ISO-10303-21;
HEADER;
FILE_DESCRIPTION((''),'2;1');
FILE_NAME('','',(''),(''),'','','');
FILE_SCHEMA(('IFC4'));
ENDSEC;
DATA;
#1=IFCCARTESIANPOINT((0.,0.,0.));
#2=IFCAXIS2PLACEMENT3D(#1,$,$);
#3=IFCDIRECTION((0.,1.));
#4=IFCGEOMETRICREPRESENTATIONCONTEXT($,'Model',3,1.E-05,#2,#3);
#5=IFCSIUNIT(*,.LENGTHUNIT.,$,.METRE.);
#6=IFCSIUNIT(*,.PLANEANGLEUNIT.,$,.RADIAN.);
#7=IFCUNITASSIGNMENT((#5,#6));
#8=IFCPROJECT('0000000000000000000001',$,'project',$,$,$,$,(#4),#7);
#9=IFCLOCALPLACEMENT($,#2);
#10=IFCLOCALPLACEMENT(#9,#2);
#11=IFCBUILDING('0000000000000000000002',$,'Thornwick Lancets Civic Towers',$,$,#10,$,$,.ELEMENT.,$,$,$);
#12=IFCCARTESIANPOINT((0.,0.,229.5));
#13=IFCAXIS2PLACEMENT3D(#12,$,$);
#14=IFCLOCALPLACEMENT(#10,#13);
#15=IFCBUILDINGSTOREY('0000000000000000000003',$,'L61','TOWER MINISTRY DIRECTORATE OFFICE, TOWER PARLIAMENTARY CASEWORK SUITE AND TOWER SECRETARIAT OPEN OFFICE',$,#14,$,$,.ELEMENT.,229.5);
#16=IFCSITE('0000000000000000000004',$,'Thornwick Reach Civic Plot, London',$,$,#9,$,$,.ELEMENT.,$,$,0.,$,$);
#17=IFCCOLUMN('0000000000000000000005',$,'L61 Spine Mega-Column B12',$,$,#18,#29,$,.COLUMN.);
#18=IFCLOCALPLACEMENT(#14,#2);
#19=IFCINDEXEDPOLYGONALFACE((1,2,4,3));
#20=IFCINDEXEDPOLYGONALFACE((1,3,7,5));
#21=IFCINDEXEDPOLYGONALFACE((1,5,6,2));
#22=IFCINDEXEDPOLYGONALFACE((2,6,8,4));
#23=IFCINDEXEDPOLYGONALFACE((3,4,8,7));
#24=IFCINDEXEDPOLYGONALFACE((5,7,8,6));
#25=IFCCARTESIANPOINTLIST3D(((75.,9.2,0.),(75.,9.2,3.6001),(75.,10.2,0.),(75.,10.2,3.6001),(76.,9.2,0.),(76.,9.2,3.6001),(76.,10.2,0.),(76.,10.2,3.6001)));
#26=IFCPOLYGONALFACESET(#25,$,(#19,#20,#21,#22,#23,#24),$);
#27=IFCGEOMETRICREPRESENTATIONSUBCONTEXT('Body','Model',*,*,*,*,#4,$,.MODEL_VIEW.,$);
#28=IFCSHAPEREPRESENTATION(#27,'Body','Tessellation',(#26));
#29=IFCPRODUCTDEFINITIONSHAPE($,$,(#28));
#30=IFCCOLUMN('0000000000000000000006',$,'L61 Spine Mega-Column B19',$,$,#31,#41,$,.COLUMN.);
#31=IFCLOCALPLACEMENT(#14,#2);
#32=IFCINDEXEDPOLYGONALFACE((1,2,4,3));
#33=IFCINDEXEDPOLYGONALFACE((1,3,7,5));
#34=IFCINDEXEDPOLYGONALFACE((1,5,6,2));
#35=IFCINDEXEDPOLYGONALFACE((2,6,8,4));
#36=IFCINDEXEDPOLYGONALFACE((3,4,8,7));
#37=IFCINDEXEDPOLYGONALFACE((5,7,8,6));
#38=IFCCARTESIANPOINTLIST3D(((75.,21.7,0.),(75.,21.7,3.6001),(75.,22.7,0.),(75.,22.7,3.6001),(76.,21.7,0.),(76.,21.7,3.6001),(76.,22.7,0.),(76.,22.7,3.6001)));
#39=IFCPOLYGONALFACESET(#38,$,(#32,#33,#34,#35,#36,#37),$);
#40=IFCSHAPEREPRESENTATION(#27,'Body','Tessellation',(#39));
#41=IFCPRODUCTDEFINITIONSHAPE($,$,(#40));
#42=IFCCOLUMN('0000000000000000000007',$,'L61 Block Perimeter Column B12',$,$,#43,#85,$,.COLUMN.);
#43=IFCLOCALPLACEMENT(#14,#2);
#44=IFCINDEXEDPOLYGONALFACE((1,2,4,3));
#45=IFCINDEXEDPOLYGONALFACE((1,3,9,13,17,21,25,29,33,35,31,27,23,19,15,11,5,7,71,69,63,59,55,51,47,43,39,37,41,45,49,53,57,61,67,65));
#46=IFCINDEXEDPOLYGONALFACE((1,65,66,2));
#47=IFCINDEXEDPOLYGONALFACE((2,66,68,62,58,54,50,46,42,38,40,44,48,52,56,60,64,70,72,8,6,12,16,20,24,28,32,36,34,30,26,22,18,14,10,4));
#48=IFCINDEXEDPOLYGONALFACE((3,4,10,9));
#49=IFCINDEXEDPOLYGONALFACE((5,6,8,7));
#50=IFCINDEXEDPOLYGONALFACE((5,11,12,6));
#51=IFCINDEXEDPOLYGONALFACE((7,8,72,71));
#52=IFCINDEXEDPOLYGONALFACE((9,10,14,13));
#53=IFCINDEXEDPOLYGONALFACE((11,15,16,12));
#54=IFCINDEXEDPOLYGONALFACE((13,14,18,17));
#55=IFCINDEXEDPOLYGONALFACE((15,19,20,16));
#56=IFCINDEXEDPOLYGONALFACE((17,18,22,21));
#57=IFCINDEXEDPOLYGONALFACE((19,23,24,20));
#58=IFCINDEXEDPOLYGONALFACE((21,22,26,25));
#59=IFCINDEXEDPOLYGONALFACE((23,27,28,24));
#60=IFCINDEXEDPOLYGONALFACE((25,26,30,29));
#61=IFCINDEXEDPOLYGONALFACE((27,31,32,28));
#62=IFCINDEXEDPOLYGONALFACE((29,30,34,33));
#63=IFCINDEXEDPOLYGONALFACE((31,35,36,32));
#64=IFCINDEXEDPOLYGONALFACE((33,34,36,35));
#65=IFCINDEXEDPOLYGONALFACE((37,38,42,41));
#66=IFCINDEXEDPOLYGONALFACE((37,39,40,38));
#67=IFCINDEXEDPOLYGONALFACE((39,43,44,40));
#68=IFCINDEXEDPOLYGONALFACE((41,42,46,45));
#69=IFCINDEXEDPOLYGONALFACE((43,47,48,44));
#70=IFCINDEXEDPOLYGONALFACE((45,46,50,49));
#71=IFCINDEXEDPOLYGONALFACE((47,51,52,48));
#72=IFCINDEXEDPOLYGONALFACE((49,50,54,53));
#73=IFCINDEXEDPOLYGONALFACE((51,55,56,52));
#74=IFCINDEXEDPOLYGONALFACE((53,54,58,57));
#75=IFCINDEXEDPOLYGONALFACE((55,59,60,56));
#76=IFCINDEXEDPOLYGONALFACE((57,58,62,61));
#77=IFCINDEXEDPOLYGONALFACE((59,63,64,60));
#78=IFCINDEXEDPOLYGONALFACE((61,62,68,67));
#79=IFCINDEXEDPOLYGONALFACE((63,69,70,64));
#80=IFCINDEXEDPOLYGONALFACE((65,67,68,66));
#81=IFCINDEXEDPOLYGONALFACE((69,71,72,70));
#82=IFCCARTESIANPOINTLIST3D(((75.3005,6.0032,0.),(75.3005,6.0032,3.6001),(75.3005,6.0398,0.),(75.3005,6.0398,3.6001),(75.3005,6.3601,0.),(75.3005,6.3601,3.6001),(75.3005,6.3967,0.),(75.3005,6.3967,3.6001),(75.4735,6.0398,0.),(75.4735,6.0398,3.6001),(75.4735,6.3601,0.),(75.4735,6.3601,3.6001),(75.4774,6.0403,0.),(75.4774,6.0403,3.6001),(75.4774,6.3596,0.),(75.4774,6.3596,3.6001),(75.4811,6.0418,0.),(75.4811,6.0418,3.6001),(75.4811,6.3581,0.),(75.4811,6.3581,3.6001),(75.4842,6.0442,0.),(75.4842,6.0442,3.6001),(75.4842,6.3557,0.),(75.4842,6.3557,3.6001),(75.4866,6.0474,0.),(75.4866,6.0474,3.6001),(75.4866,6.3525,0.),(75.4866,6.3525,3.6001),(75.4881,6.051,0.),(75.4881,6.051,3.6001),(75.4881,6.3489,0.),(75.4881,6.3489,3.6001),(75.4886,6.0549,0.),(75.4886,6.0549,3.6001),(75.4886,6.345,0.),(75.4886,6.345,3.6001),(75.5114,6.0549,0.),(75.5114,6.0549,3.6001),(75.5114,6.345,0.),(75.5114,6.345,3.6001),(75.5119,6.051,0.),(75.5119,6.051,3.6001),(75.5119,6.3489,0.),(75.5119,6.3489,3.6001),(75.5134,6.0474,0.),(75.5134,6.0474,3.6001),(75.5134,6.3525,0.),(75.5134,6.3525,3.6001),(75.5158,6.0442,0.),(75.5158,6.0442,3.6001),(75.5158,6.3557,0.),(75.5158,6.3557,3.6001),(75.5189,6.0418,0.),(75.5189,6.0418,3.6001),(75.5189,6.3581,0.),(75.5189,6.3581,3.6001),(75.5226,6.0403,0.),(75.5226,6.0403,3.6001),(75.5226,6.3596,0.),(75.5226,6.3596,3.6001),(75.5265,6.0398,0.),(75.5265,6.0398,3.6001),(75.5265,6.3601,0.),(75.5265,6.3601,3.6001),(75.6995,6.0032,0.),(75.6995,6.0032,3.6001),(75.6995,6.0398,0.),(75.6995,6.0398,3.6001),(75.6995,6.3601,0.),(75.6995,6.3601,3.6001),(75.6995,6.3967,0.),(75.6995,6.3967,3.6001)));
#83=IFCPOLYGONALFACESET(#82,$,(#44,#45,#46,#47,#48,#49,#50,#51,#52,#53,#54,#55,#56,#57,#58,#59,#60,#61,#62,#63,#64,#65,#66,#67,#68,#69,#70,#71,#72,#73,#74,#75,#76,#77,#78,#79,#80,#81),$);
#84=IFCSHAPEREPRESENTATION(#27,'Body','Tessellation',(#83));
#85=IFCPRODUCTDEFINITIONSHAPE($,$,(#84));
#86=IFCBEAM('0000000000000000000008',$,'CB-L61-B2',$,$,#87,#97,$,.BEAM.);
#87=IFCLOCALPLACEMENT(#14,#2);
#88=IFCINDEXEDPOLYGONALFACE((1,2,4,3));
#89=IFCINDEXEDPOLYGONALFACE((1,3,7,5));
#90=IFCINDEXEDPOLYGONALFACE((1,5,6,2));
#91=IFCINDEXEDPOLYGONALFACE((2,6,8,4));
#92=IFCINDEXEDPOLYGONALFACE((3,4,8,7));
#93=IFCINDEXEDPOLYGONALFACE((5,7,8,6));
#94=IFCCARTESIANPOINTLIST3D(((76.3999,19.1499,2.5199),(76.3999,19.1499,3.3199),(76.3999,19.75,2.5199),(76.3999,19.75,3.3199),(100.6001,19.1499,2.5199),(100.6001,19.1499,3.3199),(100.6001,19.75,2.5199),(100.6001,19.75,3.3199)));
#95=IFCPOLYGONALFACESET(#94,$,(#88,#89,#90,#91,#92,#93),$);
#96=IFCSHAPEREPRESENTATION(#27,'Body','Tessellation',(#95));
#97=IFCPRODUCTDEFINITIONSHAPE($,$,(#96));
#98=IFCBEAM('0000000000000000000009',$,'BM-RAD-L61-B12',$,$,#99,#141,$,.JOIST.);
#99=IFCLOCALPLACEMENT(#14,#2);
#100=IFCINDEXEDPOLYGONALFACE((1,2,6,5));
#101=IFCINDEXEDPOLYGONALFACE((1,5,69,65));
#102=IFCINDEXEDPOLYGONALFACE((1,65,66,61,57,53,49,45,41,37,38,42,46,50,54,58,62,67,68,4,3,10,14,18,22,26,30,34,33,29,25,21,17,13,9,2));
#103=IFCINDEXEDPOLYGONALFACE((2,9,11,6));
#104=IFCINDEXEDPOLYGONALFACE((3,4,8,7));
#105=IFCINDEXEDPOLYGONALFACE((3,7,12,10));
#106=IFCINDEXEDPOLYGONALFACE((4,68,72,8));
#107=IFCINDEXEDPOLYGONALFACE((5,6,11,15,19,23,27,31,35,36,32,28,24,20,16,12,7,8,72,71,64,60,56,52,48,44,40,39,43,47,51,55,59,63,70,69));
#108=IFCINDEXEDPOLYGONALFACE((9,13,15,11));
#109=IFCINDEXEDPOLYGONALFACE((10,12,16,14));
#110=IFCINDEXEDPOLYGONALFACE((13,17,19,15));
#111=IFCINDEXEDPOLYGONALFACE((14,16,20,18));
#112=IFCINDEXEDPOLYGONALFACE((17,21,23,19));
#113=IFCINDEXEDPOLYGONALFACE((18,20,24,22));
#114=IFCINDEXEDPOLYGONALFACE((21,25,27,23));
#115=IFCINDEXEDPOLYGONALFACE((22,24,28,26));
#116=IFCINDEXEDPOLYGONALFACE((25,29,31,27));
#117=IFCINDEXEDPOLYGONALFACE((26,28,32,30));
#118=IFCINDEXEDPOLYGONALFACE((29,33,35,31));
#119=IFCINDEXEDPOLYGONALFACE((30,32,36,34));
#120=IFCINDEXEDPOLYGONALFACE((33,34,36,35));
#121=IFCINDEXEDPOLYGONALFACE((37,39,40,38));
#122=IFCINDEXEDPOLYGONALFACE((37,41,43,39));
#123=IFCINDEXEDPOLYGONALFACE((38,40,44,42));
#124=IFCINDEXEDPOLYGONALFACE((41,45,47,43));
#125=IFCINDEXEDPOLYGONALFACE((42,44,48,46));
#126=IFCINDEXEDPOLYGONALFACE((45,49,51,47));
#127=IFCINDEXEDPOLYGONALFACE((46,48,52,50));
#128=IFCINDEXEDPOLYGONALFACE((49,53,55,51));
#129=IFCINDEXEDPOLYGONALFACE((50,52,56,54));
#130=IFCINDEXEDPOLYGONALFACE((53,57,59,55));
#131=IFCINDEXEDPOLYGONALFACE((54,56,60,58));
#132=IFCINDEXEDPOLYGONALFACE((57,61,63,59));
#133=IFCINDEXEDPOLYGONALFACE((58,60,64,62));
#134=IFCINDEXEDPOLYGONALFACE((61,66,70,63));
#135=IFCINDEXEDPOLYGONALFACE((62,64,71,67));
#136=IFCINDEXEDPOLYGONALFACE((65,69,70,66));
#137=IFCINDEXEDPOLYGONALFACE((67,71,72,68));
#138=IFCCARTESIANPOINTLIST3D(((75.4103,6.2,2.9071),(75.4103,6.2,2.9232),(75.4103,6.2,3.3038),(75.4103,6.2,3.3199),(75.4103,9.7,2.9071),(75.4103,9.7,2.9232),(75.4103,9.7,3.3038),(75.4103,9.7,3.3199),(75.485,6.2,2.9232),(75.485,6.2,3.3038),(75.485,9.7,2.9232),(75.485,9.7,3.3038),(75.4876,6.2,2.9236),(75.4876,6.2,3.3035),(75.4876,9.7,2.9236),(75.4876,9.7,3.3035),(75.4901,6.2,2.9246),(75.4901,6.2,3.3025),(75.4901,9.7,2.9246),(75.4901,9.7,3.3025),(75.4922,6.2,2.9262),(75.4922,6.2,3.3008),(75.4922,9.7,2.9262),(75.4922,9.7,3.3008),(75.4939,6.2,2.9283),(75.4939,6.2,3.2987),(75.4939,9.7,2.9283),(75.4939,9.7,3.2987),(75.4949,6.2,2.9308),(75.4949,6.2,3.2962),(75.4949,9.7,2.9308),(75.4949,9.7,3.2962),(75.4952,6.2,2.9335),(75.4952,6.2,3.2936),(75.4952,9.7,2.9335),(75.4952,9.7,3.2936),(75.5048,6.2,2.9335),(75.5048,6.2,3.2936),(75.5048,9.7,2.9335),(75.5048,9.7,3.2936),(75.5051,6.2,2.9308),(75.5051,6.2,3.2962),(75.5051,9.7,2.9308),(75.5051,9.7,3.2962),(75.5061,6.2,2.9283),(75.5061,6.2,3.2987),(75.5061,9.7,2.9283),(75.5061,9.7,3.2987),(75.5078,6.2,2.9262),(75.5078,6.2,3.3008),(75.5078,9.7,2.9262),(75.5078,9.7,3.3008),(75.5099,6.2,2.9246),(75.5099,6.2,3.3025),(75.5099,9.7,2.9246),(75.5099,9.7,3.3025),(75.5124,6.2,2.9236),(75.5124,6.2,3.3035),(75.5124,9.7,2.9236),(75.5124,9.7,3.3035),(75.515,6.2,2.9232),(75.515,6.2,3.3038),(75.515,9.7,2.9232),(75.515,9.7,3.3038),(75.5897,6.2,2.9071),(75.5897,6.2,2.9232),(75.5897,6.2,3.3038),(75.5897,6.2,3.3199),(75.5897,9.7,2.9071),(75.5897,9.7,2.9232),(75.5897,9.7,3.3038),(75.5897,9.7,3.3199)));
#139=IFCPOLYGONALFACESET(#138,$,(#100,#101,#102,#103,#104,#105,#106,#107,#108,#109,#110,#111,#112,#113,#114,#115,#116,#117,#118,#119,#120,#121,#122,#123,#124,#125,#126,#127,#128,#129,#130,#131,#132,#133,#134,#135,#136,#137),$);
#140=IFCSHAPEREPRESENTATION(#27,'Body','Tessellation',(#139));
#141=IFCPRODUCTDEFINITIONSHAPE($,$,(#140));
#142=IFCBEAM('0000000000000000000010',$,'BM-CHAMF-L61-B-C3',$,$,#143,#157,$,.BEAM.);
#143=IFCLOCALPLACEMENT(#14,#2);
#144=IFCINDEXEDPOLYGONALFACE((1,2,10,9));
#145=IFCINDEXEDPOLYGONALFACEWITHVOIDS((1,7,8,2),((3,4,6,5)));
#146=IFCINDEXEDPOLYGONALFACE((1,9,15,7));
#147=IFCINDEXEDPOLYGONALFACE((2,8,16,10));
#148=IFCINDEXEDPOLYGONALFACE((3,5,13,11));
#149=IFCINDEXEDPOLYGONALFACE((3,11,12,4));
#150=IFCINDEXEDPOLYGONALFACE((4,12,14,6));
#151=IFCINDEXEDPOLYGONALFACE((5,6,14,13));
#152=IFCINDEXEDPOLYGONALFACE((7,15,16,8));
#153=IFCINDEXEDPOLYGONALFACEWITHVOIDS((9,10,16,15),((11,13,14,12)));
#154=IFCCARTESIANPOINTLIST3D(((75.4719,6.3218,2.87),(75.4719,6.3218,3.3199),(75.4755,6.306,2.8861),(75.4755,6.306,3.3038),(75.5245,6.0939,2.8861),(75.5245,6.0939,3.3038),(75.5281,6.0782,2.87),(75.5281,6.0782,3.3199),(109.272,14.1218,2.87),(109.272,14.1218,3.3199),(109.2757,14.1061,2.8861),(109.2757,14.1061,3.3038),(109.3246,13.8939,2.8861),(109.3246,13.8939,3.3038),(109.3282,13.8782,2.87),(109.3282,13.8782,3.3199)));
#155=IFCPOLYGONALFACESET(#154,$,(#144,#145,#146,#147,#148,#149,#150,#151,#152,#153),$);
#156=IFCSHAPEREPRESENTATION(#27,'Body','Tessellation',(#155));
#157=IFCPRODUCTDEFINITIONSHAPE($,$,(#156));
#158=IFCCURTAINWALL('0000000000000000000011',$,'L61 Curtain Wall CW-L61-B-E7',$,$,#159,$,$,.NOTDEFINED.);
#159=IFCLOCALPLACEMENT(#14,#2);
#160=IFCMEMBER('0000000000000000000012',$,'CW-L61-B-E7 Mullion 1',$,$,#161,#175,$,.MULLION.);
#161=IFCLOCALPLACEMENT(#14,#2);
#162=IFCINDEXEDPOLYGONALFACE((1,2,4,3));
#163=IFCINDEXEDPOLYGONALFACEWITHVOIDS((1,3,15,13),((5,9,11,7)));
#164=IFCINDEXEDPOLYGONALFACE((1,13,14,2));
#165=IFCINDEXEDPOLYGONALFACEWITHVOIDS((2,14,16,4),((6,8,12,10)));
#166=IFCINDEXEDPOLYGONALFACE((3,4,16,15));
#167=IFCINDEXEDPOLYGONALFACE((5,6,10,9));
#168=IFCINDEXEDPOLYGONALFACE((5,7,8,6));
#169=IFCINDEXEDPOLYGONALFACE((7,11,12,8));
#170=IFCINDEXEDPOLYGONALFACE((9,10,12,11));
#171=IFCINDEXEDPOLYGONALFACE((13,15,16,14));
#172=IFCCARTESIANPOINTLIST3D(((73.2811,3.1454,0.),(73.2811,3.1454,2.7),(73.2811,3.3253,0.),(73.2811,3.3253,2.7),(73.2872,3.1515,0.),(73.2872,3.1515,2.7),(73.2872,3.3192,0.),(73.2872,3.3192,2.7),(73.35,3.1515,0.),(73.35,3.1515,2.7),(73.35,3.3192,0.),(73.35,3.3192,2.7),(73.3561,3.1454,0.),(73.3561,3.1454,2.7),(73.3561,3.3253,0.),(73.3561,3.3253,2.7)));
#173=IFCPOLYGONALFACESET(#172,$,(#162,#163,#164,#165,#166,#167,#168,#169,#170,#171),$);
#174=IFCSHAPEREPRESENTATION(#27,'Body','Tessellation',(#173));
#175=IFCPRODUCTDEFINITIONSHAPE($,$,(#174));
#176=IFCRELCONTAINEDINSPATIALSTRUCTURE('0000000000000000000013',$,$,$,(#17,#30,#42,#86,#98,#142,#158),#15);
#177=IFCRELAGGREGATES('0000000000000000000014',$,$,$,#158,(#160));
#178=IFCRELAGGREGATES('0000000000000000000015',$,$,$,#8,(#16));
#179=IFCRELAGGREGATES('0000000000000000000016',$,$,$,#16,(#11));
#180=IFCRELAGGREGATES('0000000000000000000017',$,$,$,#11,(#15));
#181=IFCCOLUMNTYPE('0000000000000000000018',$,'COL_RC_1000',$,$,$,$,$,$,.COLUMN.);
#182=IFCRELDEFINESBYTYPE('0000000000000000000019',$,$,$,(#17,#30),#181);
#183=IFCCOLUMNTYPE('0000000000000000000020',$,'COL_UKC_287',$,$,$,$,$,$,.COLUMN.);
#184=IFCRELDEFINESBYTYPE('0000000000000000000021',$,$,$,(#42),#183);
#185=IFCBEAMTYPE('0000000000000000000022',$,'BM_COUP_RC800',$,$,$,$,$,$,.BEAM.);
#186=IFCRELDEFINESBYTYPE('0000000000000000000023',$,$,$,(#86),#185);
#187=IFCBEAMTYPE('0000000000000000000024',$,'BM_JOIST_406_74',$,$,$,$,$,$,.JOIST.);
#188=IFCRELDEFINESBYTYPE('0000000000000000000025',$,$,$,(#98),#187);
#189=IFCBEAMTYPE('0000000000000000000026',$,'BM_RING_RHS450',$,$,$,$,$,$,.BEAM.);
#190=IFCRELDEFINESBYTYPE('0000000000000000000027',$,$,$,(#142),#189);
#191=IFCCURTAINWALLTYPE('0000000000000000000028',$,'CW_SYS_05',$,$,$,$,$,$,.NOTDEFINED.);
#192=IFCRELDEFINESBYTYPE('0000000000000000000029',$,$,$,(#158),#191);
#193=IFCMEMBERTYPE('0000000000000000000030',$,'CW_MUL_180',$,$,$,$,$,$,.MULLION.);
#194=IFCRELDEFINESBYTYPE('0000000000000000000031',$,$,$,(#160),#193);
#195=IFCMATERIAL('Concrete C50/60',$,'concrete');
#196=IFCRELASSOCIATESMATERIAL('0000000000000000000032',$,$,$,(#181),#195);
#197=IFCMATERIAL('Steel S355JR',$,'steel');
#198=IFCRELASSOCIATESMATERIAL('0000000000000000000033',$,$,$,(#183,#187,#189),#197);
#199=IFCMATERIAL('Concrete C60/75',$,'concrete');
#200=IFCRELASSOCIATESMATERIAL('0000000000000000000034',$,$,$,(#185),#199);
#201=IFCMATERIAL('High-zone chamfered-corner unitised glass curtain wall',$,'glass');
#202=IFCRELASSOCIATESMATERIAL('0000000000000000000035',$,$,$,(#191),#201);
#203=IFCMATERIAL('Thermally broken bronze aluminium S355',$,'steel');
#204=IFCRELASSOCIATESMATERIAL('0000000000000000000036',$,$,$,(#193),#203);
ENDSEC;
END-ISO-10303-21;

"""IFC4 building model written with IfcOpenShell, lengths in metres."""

from ifc_helpers import new_model, si_unit, direction, frame, origin, origin_2d, place, context, subcontext, project, spatial, rectangle, hollow_rectangle, i_section, extrude, material, material_profile, profile_set, type_object, element, aggregate, save


model = new_model("IFC4")

# Units and contexts
model_context = context("Model", 3, precision=1e-05, world=origin(), true_north=direction((0.0, 1.0)))
body_context = subcontext(model_context, "Body", "Model", "MODEL_VIEW")
ifc_project = project(units=[si_unit("LENGTHUNIT", "METRE"), si_unit("PLANEANGLEUNIT", "RADIAN")], contexts=[model_context])

# Site, building, storey
site_placement = place(None, origin())
site = spatial("IfcSite", under=ifc_project, at=site_placement, Name="Thornwick Reach Civic Plot, London", CompositionType="ELEMENT", RefElevation=0.0)
building_placement = place(site_placement, origin())
building = spatial("IfcBuilding", under=site, at=building_placement, Name="Thornwick Lancets Civic Towers", CompositionType="ELEMENT")
storey_placement = place(building_placement, frame((0.0, 0.0, 229.5)))
storey = spatial("IfcBuildingStorey", under=building, at=storey_placement, Name="L61", Description="TOWER MINISTRY DIRECTORATE OFFICE, TOWER PARLIAMENTARY CASEWORK SUITE AND TOWER SECRETARIAT OPEN OFFICE", CompositionType="ELEMENT", Elevation=229.5)

# Columns
ifc_material_1 = material(Name="Concrete C50/60", Category="concrete")
ifc_material_profile_1 = material_profile(ifc_material_1, rectangle(XDim=1.0, YDim=1.0, at=origin_2d()), Name="RC 1000x1000")
ifc_profile_set_1 = profile_set([ifc_material_profile_1], Name="Concrete C50/60")
column_type_1 = type_object("IfcColumnType", Name="COL_RC_1000", PredefinedType="COLUMN", material=ifc_profile_set_1)
for number, where, z_axis, x_axis, name in (
    (1, (75.5, 9.7, 0.0), (0.0, 0.0, 1.0), (1.0, 0.0, 0.0), "L61 Spine Mega-Column B12"),
    (2, (75.5, 22.2, 0.0), (0.0, 0.0, 1.0), (1.0, 0.0, 0.0), "L61 Spine Mega-Column B19"),
):
    element("IfcColumn", number, at=place(storey_placement, frame(where, z_axis=z_axis, x_axis=x_axis)), inside=storey, type_object=column_type_1, Name=name, PredefinedType="COLUMN", context=body_context, shape_type="SweptSolid", body=[
        extrude(rectangle(XDim=1.0, YDim=1.0, at=origin_2d()), origin(), (0.0, 0.0, 1.0), 3.6001),
    ])
ifc_material_2 = material(Name="Steel S355JR", Category="steel")
ifc_material_profile_2 = material_profile(ifc_material_2, i_section(OverallWidth=0.3989, OverallDepth=0.3936, WebThickness=0.0227, FlangeThickness=0.0366, FilletRadius=0.0151, at=origin_2d()), Name="UKC 356x406x287")
ifc_profile_set_2 = profile_set([ifc_material_profile_2], Name="Steel S355JR")
column_type_2 = type_object("IfcColumnType", Name="COL_UKC_287", PredefinedType="COLUMN", material=ifc_profile_set_2)
column_placement = place(storey_placement, frame((75.5, 6.2, 0.0), z_axis=(0.0, 0.0, 1.0), x_axis=(1.0, 0.0, 0.0)))
element("IfcColumn", 3, at=column_placement, inside=storey, type_object=column_type_2, Name="L61 Block Perimeter Column B12", PredefinedType="COLUMN", context=body_context, shape_type="SweptSolid", body=[
    extrude(i_section(OverallWidth=0.3989, OverallDepth=0.3936, WebThickness=0.0227, FlangeThickness=0.0366, FilletRadius=0.0151, at=origin_2d()), origin(), (0.0, 0.0, 1.0), 3.6001),
])

# Beams
ifc_material_3 = material(Name="Concrete C60/75", Category="concrete")
ifc_material_profile_3 = material_profile(ifc_material_3, rectangle(XDim=0.6001, YDim=0.8, at=origin_2d()), Name="RC 600x800")
ifc_profile_set_3 = profile_set([ifc_material_profile_3], Name="Concrete C60/75")
beam_type_1 = type_object("IfcBeamType", Name="BM_COUP_RC800", PredefinedType="BEAM", material=ifc_profile_set_3)
beam_1_placement = place(storey_placement, frame((76.3999, 19.45, 2.9199), z_axis=(1.0, 0.0, 0.0), x_axis=(0.0, 1.0, 0.0)))
element("IfcBeam", 4, at=beam_1_placement, inside=storey, type_object=beam_type_1, Name="CB-L61-B2", PredefinedType="BEAM", context=body_context, shape_type="SweptSolid", body=[
    extrude(rectangle(XDim=0.6001, YDim=0.8, at=origin_2d()), origin(), (0.0, 0.0, 1.0), 24.2002),
])
ifc_material_profile_4 = material_profile(ifc_material_2, i_section(OverallWidth=0.1794, OverallDepth=0.4128, WebThickness=0.0095, FlangeThickness=0.0161, FilletRadius=0.0103, at=origin_2d()), Name="UKB 406x178x74")
ifc_profile_set_4 = profile_set([ifc_material_profile_4], Name="Steel S355JR")
beam_type_2 = type_object("IfcBeamType", Name="BM_JOIST_406_74", PredefinedType="JOIST", material=ifc_profile_set_4)
beam_2_placement = place(storey_placement, frame((75.5, 9.7, 3.1135), z_axis=(0.0, -1.0, 0.0), x_axis=(1.0, 0.0, 0.0)))
element("IfcBeam", 5, at=beam_2_placement, inside=storey, type_object=beam_type_2, Name="BM-RAD-L61-B12", PredefinedType="JOIST", context=body_context, shape_type="SweptSolid", body=[
    extrude(i_section(OverallWidth=0.1794, OverallDepth=0.4128, WebThickness=0.0095, FlangeThickness=0.0161, FilletRadius=0.0103, at=origin_2d()), origin(), (0.0, 0.0, 1.0), 3.5),
])
ifc_material_profile_5 = material_profile(ifc_material_2, hollow_rectangle(XDim=0.25, YDim=0.45, WallThickness=0.0161, at=origin_2d()), Name="RHS 450x250x16")
ifc_profile_set_5 = profile_set([ifc_material_profile_5], Name="Steel S355JR")
beam_type_3 = type_object("IfcBeamType", Name="BM_RING_RHS450", PredefinedType="BEAM", material=ifc_profile_set_5)
beam_3_placement = place(storey_placement, frame((75.5, 6.2, 3.095), z_axis=(0.974391, 0.224861, 0.0), x_axis=(-0.224861, 0.974391, 0.0)))
element("IfcBeam", 6, at=beam_3_placement, inside=storey, type_object=beam_type_3, Name="BM-CHAMF-L61-B-C3", PredefinedType="BEAM", context=body_context, shape_type="SweptSolid", body=[
    extrude(hollow_rectangle(XDim=0.25, YDim=0.45, WallThickness=0.0161, at=origin_2d()), origin(), (0.0, 0.0, 1.0), 34.6885),
])

# Curtain wall, member
ifc_material_4 = material(Name="High-zone chamfered-corner unitised glass curtain wall", Category="glass")
curtain_wall_type = type_object("IfcCurtainWallType", Name="CW_SYS_05", PredefinedType="NOTDEFINED", material=ifc_material_4)
curtain_wall_placement = place(storey_placement, origin())
curtain_wall = element("IfcCurtainWall", 7, at=curtain_wall_placement, inside=storey, type_object=curtain_wall_type, Name="L61 Curtain Wall CW-L61-B-E7", PredefinedType="NOTDEFINED")
ifc_material_5 = material(Name="Thermally broken bronze aluminium S355", Category="steel")
ifc_material_profile_6 = material_profile(ifc_material_5, hollow_rectangle(XDim=0.075, YDim=0.1799, WallThickness=0.0061, at=origin_2d()), Name="RHS 180x75x6")
ifc_profile_set_6 = profile_set([ifc_material_profile_6], Name="Thermally broken bronze aluminium S355")
member_type = type_object("IfcMemberType", Name="CW_MUL_180", PredefinedType="MULLION", material=ifc_profile_set_6)
member_placement = place(storey_placement, frame((73.3186, 3.2354, 0.0), z_axis=(0.0, 0.0, 1.0), x_axis=(1.0, 0.0, 0.0)))
member = element("IfcMember", 8, at=member_placement, type_object=member_type, Name="CW-L61-B-E7 Mullion 1", PredefinedType="MULLION", context=body_context, shape_type="SweptSolid", body=[
    extrude(hollow_rectangle(XDim=0.075, YDim=0.1799, WallThickness=0.0061, at=origin_2d()), origin(), (0.0, 0.0, 1.0), 2.7),
])
aggregate(curtain_wall, [member])

save(model, "model.ifc")
